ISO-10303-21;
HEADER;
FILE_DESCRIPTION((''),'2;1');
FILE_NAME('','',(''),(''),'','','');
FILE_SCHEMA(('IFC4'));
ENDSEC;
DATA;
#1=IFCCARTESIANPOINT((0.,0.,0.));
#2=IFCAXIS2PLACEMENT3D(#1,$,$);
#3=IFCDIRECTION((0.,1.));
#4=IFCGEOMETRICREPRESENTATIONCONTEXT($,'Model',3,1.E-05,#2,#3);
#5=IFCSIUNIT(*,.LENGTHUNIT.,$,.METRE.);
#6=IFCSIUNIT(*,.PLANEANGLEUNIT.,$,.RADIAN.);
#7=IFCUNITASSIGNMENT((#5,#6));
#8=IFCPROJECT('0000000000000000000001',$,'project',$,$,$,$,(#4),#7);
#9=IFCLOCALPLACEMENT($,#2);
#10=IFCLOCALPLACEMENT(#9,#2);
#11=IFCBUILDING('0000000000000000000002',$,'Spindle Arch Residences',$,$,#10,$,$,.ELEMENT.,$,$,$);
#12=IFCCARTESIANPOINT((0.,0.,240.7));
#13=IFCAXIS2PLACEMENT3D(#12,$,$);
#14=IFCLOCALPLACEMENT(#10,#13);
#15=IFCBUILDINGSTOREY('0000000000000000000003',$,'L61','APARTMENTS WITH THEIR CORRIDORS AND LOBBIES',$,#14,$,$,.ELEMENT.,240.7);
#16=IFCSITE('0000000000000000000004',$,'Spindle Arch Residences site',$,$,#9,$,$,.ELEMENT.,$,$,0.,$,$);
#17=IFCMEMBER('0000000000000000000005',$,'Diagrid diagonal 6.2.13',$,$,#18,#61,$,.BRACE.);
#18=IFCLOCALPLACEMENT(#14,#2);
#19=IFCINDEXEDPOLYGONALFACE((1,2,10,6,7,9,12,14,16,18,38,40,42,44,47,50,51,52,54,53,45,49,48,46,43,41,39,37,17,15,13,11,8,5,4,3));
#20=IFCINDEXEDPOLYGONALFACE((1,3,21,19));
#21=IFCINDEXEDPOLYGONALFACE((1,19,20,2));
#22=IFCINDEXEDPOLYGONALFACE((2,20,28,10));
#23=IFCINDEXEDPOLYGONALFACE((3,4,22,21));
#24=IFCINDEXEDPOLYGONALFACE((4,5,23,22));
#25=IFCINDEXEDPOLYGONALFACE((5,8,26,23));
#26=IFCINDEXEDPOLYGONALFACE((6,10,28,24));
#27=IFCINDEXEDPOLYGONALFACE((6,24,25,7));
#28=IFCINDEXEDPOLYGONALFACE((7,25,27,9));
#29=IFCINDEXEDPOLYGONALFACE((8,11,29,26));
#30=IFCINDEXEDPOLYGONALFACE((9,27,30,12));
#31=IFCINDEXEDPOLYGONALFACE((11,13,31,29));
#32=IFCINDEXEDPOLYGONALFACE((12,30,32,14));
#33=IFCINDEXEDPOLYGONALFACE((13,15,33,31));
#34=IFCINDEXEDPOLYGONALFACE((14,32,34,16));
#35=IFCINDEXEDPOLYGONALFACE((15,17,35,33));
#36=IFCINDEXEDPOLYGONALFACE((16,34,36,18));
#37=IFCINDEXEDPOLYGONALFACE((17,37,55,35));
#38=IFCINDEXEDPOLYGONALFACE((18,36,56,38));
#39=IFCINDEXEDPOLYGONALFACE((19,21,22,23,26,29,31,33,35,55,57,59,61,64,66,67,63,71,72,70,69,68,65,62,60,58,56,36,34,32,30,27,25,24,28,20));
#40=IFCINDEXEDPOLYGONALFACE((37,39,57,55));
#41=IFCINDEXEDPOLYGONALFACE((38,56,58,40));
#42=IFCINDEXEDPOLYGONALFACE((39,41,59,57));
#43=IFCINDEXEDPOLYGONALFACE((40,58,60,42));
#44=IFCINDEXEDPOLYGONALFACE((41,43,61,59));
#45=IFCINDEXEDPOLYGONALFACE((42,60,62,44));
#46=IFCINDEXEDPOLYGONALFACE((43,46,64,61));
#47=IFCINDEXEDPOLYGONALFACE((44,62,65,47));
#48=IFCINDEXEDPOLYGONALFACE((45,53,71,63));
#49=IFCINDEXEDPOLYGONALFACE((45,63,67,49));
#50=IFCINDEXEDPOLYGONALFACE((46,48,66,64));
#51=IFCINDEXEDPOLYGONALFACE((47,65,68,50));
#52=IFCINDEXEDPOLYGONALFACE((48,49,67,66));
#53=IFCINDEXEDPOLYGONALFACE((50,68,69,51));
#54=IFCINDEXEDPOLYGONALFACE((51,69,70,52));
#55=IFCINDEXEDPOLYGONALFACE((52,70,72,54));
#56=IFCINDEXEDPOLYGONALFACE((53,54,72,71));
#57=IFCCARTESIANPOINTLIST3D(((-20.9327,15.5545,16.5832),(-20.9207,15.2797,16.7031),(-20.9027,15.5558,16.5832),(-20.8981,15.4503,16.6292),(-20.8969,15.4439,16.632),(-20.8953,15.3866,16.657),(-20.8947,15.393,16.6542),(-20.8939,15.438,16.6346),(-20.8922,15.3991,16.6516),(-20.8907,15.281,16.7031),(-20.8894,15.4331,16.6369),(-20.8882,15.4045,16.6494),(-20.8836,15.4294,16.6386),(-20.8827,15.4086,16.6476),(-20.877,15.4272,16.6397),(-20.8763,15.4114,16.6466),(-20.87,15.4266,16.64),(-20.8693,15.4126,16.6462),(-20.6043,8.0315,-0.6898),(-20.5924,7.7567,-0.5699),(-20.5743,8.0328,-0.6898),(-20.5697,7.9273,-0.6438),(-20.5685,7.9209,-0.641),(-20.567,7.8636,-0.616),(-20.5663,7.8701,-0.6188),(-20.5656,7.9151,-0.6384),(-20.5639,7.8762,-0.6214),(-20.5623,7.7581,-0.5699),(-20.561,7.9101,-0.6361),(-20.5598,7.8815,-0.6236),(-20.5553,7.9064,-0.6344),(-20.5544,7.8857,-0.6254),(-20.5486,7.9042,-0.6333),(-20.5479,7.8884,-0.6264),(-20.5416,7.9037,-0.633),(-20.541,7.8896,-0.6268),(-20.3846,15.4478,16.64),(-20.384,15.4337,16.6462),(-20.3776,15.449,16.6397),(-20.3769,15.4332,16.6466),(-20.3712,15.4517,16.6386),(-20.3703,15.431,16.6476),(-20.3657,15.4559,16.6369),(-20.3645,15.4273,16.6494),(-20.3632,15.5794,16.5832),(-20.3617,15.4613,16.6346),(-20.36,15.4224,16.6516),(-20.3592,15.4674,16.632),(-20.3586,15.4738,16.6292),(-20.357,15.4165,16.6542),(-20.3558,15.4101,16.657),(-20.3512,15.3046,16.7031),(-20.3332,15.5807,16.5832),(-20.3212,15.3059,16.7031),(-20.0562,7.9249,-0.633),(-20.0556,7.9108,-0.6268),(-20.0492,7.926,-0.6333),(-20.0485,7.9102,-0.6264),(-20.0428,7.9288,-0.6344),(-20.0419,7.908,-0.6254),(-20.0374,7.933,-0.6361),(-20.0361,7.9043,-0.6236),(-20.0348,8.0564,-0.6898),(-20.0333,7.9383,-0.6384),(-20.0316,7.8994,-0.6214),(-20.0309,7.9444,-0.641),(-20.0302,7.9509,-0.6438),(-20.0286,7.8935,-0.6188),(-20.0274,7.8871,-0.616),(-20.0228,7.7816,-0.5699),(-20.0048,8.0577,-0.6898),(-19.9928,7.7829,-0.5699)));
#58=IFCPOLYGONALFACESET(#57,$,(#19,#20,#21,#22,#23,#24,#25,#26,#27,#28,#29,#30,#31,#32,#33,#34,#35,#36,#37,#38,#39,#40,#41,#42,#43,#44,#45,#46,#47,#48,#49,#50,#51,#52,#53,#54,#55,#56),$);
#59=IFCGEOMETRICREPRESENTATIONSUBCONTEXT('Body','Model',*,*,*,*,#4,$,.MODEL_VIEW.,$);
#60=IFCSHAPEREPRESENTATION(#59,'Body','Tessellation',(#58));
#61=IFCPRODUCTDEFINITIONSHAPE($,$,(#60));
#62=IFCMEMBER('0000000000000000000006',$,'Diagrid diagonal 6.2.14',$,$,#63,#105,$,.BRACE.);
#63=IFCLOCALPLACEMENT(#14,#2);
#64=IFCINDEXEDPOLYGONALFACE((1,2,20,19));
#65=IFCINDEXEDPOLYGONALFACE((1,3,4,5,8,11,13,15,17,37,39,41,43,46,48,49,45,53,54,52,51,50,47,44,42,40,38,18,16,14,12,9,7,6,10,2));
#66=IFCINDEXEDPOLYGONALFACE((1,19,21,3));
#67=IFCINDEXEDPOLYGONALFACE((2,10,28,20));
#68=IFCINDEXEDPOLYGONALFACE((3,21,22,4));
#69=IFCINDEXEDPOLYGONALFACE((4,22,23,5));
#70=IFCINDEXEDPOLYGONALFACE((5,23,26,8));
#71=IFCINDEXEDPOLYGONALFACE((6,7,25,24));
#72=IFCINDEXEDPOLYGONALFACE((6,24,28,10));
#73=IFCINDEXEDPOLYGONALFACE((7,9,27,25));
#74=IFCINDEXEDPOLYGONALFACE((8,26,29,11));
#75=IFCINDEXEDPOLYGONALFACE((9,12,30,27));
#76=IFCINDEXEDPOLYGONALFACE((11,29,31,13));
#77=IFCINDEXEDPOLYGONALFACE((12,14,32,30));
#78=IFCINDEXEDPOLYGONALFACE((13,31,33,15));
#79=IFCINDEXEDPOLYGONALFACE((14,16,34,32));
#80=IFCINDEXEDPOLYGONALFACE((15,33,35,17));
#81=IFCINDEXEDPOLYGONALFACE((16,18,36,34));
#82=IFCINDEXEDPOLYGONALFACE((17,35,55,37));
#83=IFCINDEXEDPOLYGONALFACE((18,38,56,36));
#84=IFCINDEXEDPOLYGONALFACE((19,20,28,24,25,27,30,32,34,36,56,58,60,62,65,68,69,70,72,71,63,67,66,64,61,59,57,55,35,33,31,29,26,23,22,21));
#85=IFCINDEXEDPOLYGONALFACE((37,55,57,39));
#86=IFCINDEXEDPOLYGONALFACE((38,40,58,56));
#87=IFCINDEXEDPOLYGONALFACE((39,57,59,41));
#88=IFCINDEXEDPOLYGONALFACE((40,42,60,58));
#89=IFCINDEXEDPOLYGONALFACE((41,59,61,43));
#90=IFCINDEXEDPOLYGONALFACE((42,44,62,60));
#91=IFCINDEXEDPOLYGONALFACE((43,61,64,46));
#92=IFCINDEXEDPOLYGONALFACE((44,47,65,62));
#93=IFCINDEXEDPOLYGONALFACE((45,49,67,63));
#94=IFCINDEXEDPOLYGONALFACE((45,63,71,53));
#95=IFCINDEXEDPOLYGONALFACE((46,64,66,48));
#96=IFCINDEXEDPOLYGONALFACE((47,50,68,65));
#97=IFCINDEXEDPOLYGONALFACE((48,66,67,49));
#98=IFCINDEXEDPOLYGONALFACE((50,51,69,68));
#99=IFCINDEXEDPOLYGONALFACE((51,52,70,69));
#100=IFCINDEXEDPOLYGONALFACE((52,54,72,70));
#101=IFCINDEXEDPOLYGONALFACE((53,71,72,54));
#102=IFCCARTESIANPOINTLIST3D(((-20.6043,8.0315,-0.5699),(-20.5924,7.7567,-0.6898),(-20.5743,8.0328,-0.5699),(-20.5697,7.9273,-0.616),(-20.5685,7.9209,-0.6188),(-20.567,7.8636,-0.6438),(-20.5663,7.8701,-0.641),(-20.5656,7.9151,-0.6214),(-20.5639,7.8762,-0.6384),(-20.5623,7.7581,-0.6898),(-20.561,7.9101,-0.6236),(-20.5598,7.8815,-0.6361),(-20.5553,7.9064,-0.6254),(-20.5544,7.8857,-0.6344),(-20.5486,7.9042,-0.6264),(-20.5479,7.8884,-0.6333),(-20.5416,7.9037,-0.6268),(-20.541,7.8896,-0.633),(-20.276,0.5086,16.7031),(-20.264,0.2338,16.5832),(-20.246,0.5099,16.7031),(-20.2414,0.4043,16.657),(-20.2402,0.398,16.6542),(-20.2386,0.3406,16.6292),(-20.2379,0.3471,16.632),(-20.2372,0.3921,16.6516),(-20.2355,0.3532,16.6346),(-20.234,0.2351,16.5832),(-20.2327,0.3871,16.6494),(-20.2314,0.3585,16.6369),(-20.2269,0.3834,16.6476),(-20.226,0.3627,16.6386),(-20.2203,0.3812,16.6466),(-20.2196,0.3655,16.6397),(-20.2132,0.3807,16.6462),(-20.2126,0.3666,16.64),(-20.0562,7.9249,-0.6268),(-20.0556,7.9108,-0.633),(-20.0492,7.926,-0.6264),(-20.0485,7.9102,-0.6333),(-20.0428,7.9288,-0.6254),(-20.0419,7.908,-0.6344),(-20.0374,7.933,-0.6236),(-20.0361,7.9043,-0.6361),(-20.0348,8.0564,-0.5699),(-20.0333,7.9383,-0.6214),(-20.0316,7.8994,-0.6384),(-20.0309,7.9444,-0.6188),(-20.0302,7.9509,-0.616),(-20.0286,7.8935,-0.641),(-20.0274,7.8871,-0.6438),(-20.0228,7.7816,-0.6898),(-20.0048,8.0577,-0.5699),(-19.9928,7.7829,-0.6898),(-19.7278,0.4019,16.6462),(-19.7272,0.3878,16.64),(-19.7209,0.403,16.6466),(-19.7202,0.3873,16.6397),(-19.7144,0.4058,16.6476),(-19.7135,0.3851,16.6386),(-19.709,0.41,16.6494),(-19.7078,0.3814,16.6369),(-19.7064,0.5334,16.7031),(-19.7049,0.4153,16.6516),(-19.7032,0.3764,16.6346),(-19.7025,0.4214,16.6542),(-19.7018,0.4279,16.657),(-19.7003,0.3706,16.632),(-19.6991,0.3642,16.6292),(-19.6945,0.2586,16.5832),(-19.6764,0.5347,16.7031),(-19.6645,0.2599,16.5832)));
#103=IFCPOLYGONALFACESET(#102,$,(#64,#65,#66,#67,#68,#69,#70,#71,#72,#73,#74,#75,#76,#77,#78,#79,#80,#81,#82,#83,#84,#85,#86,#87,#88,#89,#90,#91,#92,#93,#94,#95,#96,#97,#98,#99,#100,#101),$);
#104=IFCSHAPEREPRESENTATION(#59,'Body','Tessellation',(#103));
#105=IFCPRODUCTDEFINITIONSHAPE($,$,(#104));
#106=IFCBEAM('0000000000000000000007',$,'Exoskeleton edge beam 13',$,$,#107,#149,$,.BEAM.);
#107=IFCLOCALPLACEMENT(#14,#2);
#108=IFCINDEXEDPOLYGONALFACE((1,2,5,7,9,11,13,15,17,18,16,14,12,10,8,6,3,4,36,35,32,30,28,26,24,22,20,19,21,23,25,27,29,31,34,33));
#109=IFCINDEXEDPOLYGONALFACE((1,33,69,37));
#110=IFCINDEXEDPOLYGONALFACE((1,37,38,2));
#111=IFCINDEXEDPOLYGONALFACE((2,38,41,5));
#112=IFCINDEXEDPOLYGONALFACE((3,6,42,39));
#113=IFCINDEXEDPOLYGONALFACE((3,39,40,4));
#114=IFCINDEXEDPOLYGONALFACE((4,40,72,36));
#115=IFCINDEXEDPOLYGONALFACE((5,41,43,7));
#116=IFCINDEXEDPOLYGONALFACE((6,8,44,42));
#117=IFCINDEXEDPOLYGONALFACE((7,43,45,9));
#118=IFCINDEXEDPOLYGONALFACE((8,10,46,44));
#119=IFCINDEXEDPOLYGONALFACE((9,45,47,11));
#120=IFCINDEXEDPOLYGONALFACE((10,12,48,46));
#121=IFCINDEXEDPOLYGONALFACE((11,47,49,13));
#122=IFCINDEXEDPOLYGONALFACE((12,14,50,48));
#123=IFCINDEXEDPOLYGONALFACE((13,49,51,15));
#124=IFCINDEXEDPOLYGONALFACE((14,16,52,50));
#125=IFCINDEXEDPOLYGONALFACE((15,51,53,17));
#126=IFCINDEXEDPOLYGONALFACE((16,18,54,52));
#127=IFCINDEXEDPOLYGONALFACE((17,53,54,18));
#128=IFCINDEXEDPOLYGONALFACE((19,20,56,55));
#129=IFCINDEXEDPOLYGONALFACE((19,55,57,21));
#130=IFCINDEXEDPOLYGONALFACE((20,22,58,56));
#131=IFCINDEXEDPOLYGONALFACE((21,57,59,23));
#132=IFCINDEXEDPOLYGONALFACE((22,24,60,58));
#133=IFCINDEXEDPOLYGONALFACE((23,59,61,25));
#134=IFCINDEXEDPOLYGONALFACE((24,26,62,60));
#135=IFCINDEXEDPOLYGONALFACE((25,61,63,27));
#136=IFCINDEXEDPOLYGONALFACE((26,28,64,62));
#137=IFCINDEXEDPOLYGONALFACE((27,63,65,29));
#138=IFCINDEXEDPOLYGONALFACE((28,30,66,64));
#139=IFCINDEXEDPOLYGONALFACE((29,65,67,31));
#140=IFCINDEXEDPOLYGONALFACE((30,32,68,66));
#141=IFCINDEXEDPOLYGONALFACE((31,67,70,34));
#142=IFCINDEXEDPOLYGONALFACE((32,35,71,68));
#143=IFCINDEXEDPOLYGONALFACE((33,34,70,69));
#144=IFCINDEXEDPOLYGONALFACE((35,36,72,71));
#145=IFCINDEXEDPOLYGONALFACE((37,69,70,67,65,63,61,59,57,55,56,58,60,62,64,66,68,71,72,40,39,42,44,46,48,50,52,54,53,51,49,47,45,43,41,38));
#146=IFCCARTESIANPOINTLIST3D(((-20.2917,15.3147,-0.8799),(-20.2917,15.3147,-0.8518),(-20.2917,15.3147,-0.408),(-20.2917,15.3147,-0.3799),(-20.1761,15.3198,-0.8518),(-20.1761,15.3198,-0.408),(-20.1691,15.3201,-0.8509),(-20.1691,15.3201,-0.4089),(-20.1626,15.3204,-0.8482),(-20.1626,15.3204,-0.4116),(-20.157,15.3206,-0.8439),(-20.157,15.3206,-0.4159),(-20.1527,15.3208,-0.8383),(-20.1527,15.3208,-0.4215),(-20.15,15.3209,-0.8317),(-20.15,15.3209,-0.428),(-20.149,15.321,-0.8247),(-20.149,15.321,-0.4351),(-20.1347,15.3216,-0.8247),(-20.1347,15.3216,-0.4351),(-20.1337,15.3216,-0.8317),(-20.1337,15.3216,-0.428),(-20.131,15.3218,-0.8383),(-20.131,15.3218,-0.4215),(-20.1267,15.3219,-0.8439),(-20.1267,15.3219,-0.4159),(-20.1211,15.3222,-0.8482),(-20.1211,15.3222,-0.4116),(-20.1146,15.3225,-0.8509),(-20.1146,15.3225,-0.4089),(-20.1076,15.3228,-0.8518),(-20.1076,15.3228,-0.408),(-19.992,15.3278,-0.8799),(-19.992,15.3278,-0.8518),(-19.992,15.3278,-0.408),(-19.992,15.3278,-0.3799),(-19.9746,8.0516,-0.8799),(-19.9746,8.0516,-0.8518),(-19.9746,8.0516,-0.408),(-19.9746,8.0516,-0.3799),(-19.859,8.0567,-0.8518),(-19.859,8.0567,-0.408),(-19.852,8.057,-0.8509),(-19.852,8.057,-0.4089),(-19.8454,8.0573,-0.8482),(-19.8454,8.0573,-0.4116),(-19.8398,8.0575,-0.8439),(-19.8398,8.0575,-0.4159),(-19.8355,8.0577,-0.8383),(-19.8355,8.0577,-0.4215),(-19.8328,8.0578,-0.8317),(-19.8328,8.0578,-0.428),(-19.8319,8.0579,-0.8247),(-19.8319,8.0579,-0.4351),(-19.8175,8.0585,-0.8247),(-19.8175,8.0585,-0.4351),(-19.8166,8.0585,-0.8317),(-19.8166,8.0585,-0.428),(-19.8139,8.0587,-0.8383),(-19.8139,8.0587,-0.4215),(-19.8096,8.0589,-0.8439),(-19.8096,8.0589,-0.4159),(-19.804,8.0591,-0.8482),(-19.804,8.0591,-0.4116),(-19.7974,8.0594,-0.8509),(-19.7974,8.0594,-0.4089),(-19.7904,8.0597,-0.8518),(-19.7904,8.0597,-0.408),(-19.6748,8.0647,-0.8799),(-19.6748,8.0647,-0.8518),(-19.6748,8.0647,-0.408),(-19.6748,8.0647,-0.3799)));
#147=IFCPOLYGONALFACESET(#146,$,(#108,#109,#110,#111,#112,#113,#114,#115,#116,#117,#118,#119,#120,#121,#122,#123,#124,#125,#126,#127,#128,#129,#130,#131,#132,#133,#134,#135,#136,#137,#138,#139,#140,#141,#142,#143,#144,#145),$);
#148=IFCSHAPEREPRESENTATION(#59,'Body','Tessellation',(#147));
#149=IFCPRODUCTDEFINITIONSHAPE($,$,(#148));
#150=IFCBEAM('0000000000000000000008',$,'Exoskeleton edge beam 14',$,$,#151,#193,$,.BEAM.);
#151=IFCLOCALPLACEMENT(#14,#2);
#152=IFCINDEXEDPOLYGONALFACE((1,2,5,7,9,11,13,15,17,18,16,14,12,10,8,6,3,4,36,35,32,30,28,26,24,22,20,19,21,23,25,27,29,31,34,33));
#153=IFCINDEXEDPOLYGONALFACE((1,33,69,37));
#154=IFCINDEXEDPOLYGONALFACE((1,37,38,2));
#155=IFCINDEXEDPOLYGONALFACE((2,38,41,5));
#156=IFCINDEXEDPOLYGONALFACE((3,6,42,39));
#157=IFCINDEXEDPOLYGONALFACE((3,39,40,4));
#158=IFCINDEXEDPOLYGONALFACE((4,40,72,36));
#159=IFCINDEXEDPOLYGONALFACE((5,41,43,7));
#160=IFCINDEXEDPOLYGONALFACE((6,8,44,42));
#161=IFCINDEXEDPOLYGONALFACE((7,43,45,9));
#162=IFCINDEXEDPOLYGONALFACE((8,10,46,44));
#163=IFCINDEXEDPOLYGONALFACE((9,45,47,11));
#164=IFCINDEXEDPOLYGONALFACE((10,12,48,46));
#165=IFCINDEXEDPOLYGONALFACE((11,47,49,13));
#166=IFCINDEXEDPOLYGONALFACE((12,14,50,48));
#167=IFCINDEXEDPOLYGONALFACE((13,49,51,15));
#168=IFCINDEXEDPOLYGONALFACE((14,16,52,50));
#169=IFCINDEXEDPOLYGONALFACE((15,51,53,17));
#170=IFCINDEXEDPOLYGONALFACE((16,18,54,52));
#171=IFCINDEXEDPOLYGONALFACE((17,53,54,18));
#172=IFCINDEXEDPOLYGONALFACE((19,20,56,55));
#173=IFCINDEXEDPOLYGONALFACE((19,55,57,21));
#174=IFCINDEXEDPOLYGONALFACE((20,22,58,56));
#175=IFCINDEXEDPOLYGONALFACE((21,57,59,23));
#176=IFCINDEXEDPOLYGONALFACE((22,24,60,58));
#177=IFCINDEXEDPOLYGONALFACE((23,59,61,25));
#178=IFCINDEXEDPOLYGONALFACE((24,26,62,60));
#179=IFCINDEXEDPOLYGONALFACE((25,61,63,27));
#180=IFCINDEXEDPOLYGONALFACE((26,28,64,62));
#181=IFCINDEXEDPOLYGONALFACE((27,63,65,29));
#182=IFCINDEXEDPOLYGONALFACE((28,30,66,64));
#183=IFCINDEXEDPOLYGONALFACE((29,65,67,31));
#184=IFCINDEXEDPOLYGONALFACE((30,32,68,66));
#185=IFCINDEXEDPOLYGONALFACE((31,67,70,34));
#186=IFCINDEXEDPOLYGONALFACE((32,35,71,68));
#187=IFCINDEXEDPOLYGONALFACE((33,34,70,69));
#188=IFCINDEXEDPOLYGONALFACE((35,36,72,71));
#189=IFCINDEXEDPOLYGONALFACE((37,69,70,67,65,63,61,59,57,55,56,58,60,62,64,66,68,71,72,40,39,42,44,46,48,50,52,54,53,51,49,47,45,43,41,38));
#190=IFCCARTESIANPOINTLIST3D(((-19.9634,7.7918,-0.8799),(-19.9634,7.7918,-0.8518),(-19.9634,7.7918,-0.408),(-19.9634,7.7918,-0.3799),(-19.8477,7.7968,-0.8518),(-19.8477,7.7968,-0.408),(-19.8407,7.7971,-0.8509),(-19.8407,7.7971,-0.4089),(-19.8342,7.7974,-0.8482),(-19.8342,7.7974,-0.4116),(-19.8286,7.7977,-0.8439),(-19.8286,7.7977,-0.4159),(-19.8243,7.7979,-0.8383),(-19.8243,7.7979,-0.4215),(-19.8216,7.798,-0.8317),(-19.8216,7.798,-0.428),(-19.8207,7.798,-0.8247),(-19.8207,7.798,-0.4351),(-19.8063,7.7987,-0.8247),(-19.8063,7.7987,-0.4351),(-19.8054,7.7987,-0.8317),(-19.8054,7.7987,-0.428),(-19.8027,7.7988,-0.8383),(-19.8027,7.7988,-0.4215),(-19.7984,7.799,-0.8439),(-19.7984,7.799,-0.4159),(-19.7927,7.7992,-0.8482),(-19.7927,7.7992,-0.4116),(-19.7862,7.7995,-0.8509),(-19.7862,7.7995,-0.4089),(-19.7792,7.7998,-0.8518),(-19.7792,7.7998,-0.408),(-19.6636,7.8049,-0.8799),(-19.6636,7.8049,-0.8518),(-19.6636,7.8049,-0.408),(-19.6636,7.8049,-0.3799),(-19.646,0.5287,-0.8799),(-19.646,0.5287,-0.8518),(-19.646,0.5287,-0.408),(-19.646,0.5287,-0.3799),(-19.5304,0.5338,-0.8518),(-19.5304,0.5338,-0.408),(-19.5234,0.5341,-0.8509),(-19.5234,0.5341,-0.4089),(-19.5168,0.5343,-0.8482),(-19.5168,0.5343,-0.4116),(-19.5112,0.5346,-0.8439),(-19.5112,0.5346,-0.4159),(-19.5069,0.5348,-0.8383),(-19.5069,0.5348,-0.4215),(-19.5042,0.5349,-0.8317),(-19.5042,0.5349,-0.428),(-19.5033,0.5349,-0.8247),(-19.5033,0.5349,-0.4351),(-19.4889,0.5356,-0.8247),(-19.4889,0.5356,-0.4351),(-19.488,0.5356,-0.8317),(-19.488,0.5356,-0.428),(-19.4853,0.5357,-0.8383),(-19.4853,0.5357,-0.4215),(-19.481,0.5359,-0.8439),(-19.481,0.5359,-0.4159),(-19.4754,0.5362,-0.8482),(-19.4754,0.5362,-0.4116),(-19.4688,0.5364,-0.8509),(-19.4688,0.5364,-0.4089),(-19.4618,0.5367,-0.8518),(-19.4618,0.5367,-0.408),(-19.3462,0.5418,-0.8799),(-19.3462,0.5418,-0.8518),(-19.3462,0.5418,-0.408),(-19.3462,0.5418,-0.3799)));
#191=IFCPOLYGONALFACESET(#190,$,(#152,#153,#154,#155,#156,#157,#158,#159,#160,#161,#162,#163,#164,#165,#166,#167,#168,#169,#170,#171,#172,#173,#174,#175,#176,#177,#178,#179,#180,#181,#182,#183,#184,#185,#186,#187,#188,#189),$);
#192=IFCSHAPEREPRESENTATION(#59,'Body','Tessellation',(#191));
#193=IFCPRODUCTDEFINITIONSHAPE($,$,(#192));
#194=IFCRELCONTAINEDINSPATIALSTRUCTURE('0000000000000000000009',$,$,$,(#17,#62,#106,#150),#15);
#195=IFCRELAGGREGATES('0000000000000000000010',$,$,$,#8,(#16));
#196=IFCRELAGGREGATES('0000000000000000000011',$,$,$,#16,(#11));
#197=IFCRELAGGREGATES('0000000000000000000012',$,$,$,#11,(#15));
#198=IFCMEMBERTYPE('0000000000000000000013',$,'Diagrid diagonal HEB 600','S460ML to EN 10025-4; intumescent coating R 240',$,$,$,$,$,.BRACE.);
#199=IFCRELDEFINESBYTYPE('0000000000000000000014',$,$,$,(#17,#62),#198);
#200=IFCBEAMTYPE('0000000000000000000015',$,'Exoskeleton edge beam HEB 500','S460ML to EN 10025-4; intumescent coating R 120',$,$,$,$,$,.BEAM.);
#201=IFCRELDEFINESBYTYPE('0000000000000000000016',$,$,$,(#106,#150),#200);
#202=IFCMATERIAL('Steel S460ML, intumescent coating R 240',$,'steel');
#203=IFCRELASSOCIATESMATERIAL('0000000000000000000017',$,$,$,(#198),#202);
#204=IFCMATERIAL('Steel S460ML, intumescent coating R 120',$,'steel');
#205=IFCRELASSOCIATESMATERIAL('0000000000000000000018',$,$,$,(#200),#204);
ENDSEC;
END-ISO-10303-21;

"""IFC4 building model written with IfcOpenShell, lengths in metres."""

from ifc_helpers import new_model, si_unit, direction, frame, origin, origin_2d, place, context, subcontext, project, spatial, i_section, extrude, material, material_profile, profile_set, type_object, element, save


model = new_model("IFC4")

# Units and contexts
model_context = context("Model", 3, precision=1e-05, world=origin(), true_north=direction((0.0, 1.0)))
body_context = subcontext(model_context, "Body", "Model", "MODEL_VIEW")
ifc_project = project(units=[si_unit("LENGTHUNIT", "METRE"), si_unit("PLANEANGLEUNIT", "RADIAN")], contexts=[model_context])

# Site, building, storey
site_placement = place(None, origin())
site = spatial("IfcSite", under=ifc_project, at=site_placement, Name="Spindle Arch Residences site", CompositionType="ELEMENT", RefElevation=0.0)
building_placement = place(site_placement, origin())
building = spatial("IfcBuilding", under=site, at=building_placement, Name="Spindle Arch Residences", CompositionType="ELEMENT")
storey_placement = place(building_placement, frame((0.0, 0.0, 240.7)))
storey = spatial("IfcBuildingStorey", under=building, at=storey_placement, Name="L61", Description="APARTMENTS WITH THEIR CORRIDORS AND LOBBIES", CompositionType="ELEMENT", Elevation=240.7)

# Members
ifc_material_1 = material(Name="Steel S460ML, intumescent coating R 240", Category="steel")
ifc_material_profile_1 = material_profile(ifc_material_1, i_section(OverallWidth=0.3, OverallDepth=0.6001, WebThickness=0.0154, FlangeThickness=0.03, FilletRadius=0.0271, at=origin_2d()), Name="HEB 600")
ifc_profile_set_1 = profile_set([ifc_material_profile_1], Name="Steel S460ML, intumescent coating R 240")
member_type_1 = type_object("IfcMemberType", Name="Diagrid diagonal HEB 600", Description="S460ML to EN 10025-4; intumescent coating R 240", PredefinedType="BRACE", material=ifc_profile_set_1)
for number, where, z_axis, x_axis, name in (
    (1, (-20.2986, 7.9072, -0.6299), (-0.017427, 0.399244, 0.916679), (0.039974, -0.915807, 0.399625), "Diagrid diagonal 6.2.13"),
    (2, (-20.2986, 7.9072, -0.6299), (0.017427, -0.399244, 0.916679), (-0.039974, 0.915807, 0.399625), "Diagrid diagonal 6.2.14"),
):
    element("IfcMember", number, at=place(storey_placement, frame(where, z_axis=z_axis, x_axis=x_axis)), inside=storey, type_object=member_type_1, Name=name, PredefinedType="BRACE", context=body_context, shape_type="SweptSolid", body=[
        extrude(i_section(OverallWidth=0.3, OverallDepth=0.6001, WebThickness=0.0154, FlangeThickness=0.03, FilletRadius=0.0271, at=origin_2d()), origin(), (0.0, 0.0, 1.0), 18.843),
    ])

# Beams
ifc_material_2 = material(Name="Steel S460ML, intumescent coating R 120", Category="steel")
ifc_material_profile_2 = material_profile(ifc_material_2, i_section(OverallWidth=0.3, OverallDepth=0.5, WebThickness=0.0144, FlangeThickness=0.0281, FilletRadius=0.0271, at=origin_2d()), Name="HEB 500")
ifc_profile_set_2 = profile_set([ifc_material_profile_2], Name="Steel S460ML, intumescent coating R 120")
beam_type_1 = type_object("IfcBeamType", Name="Exoskeleton edge beam HEB 500", Description="S460ML to EN 10025-4; intumescent coating R 120", PredefinedType="BEAM", material=ifc_profile_set_2)
for number, where, z_axis, x_axis, name in (
    (3, (-20.1418, 15.3213, -0.6299), (0.043622, -0.999048, 0.0), (0.999048, 0.043622, 0.0), "Exoskeleton edge beam 13"),
    (4, (-19.8135, 7.7983, -0.6299), (0.043656, -0.999047, 0.0), (0.999047, 0.043656, 0.0), "Exoskeleton edge beam 14"),
):
    element("IfcBeam", number, at=place(storey_placement, frame(where, z_axis=z_axis, x_axis=x_axis)), inside=storey, type_object=beam_type_1, Name=name, PredefinedType="BEAM", context=body_context, shape_type="SweptSolid", body=[
        extrude(i_section(OverallWidth=0.3, OverallDepth=0.5, WebThickness=0.0144, FlangeThickness=0.0281, FilletRadius=0.0271, at=origin_2d()), origin(), (0.0, 0.0, 1.0), 7.27),
    ])

save(model, "model.ifc")
